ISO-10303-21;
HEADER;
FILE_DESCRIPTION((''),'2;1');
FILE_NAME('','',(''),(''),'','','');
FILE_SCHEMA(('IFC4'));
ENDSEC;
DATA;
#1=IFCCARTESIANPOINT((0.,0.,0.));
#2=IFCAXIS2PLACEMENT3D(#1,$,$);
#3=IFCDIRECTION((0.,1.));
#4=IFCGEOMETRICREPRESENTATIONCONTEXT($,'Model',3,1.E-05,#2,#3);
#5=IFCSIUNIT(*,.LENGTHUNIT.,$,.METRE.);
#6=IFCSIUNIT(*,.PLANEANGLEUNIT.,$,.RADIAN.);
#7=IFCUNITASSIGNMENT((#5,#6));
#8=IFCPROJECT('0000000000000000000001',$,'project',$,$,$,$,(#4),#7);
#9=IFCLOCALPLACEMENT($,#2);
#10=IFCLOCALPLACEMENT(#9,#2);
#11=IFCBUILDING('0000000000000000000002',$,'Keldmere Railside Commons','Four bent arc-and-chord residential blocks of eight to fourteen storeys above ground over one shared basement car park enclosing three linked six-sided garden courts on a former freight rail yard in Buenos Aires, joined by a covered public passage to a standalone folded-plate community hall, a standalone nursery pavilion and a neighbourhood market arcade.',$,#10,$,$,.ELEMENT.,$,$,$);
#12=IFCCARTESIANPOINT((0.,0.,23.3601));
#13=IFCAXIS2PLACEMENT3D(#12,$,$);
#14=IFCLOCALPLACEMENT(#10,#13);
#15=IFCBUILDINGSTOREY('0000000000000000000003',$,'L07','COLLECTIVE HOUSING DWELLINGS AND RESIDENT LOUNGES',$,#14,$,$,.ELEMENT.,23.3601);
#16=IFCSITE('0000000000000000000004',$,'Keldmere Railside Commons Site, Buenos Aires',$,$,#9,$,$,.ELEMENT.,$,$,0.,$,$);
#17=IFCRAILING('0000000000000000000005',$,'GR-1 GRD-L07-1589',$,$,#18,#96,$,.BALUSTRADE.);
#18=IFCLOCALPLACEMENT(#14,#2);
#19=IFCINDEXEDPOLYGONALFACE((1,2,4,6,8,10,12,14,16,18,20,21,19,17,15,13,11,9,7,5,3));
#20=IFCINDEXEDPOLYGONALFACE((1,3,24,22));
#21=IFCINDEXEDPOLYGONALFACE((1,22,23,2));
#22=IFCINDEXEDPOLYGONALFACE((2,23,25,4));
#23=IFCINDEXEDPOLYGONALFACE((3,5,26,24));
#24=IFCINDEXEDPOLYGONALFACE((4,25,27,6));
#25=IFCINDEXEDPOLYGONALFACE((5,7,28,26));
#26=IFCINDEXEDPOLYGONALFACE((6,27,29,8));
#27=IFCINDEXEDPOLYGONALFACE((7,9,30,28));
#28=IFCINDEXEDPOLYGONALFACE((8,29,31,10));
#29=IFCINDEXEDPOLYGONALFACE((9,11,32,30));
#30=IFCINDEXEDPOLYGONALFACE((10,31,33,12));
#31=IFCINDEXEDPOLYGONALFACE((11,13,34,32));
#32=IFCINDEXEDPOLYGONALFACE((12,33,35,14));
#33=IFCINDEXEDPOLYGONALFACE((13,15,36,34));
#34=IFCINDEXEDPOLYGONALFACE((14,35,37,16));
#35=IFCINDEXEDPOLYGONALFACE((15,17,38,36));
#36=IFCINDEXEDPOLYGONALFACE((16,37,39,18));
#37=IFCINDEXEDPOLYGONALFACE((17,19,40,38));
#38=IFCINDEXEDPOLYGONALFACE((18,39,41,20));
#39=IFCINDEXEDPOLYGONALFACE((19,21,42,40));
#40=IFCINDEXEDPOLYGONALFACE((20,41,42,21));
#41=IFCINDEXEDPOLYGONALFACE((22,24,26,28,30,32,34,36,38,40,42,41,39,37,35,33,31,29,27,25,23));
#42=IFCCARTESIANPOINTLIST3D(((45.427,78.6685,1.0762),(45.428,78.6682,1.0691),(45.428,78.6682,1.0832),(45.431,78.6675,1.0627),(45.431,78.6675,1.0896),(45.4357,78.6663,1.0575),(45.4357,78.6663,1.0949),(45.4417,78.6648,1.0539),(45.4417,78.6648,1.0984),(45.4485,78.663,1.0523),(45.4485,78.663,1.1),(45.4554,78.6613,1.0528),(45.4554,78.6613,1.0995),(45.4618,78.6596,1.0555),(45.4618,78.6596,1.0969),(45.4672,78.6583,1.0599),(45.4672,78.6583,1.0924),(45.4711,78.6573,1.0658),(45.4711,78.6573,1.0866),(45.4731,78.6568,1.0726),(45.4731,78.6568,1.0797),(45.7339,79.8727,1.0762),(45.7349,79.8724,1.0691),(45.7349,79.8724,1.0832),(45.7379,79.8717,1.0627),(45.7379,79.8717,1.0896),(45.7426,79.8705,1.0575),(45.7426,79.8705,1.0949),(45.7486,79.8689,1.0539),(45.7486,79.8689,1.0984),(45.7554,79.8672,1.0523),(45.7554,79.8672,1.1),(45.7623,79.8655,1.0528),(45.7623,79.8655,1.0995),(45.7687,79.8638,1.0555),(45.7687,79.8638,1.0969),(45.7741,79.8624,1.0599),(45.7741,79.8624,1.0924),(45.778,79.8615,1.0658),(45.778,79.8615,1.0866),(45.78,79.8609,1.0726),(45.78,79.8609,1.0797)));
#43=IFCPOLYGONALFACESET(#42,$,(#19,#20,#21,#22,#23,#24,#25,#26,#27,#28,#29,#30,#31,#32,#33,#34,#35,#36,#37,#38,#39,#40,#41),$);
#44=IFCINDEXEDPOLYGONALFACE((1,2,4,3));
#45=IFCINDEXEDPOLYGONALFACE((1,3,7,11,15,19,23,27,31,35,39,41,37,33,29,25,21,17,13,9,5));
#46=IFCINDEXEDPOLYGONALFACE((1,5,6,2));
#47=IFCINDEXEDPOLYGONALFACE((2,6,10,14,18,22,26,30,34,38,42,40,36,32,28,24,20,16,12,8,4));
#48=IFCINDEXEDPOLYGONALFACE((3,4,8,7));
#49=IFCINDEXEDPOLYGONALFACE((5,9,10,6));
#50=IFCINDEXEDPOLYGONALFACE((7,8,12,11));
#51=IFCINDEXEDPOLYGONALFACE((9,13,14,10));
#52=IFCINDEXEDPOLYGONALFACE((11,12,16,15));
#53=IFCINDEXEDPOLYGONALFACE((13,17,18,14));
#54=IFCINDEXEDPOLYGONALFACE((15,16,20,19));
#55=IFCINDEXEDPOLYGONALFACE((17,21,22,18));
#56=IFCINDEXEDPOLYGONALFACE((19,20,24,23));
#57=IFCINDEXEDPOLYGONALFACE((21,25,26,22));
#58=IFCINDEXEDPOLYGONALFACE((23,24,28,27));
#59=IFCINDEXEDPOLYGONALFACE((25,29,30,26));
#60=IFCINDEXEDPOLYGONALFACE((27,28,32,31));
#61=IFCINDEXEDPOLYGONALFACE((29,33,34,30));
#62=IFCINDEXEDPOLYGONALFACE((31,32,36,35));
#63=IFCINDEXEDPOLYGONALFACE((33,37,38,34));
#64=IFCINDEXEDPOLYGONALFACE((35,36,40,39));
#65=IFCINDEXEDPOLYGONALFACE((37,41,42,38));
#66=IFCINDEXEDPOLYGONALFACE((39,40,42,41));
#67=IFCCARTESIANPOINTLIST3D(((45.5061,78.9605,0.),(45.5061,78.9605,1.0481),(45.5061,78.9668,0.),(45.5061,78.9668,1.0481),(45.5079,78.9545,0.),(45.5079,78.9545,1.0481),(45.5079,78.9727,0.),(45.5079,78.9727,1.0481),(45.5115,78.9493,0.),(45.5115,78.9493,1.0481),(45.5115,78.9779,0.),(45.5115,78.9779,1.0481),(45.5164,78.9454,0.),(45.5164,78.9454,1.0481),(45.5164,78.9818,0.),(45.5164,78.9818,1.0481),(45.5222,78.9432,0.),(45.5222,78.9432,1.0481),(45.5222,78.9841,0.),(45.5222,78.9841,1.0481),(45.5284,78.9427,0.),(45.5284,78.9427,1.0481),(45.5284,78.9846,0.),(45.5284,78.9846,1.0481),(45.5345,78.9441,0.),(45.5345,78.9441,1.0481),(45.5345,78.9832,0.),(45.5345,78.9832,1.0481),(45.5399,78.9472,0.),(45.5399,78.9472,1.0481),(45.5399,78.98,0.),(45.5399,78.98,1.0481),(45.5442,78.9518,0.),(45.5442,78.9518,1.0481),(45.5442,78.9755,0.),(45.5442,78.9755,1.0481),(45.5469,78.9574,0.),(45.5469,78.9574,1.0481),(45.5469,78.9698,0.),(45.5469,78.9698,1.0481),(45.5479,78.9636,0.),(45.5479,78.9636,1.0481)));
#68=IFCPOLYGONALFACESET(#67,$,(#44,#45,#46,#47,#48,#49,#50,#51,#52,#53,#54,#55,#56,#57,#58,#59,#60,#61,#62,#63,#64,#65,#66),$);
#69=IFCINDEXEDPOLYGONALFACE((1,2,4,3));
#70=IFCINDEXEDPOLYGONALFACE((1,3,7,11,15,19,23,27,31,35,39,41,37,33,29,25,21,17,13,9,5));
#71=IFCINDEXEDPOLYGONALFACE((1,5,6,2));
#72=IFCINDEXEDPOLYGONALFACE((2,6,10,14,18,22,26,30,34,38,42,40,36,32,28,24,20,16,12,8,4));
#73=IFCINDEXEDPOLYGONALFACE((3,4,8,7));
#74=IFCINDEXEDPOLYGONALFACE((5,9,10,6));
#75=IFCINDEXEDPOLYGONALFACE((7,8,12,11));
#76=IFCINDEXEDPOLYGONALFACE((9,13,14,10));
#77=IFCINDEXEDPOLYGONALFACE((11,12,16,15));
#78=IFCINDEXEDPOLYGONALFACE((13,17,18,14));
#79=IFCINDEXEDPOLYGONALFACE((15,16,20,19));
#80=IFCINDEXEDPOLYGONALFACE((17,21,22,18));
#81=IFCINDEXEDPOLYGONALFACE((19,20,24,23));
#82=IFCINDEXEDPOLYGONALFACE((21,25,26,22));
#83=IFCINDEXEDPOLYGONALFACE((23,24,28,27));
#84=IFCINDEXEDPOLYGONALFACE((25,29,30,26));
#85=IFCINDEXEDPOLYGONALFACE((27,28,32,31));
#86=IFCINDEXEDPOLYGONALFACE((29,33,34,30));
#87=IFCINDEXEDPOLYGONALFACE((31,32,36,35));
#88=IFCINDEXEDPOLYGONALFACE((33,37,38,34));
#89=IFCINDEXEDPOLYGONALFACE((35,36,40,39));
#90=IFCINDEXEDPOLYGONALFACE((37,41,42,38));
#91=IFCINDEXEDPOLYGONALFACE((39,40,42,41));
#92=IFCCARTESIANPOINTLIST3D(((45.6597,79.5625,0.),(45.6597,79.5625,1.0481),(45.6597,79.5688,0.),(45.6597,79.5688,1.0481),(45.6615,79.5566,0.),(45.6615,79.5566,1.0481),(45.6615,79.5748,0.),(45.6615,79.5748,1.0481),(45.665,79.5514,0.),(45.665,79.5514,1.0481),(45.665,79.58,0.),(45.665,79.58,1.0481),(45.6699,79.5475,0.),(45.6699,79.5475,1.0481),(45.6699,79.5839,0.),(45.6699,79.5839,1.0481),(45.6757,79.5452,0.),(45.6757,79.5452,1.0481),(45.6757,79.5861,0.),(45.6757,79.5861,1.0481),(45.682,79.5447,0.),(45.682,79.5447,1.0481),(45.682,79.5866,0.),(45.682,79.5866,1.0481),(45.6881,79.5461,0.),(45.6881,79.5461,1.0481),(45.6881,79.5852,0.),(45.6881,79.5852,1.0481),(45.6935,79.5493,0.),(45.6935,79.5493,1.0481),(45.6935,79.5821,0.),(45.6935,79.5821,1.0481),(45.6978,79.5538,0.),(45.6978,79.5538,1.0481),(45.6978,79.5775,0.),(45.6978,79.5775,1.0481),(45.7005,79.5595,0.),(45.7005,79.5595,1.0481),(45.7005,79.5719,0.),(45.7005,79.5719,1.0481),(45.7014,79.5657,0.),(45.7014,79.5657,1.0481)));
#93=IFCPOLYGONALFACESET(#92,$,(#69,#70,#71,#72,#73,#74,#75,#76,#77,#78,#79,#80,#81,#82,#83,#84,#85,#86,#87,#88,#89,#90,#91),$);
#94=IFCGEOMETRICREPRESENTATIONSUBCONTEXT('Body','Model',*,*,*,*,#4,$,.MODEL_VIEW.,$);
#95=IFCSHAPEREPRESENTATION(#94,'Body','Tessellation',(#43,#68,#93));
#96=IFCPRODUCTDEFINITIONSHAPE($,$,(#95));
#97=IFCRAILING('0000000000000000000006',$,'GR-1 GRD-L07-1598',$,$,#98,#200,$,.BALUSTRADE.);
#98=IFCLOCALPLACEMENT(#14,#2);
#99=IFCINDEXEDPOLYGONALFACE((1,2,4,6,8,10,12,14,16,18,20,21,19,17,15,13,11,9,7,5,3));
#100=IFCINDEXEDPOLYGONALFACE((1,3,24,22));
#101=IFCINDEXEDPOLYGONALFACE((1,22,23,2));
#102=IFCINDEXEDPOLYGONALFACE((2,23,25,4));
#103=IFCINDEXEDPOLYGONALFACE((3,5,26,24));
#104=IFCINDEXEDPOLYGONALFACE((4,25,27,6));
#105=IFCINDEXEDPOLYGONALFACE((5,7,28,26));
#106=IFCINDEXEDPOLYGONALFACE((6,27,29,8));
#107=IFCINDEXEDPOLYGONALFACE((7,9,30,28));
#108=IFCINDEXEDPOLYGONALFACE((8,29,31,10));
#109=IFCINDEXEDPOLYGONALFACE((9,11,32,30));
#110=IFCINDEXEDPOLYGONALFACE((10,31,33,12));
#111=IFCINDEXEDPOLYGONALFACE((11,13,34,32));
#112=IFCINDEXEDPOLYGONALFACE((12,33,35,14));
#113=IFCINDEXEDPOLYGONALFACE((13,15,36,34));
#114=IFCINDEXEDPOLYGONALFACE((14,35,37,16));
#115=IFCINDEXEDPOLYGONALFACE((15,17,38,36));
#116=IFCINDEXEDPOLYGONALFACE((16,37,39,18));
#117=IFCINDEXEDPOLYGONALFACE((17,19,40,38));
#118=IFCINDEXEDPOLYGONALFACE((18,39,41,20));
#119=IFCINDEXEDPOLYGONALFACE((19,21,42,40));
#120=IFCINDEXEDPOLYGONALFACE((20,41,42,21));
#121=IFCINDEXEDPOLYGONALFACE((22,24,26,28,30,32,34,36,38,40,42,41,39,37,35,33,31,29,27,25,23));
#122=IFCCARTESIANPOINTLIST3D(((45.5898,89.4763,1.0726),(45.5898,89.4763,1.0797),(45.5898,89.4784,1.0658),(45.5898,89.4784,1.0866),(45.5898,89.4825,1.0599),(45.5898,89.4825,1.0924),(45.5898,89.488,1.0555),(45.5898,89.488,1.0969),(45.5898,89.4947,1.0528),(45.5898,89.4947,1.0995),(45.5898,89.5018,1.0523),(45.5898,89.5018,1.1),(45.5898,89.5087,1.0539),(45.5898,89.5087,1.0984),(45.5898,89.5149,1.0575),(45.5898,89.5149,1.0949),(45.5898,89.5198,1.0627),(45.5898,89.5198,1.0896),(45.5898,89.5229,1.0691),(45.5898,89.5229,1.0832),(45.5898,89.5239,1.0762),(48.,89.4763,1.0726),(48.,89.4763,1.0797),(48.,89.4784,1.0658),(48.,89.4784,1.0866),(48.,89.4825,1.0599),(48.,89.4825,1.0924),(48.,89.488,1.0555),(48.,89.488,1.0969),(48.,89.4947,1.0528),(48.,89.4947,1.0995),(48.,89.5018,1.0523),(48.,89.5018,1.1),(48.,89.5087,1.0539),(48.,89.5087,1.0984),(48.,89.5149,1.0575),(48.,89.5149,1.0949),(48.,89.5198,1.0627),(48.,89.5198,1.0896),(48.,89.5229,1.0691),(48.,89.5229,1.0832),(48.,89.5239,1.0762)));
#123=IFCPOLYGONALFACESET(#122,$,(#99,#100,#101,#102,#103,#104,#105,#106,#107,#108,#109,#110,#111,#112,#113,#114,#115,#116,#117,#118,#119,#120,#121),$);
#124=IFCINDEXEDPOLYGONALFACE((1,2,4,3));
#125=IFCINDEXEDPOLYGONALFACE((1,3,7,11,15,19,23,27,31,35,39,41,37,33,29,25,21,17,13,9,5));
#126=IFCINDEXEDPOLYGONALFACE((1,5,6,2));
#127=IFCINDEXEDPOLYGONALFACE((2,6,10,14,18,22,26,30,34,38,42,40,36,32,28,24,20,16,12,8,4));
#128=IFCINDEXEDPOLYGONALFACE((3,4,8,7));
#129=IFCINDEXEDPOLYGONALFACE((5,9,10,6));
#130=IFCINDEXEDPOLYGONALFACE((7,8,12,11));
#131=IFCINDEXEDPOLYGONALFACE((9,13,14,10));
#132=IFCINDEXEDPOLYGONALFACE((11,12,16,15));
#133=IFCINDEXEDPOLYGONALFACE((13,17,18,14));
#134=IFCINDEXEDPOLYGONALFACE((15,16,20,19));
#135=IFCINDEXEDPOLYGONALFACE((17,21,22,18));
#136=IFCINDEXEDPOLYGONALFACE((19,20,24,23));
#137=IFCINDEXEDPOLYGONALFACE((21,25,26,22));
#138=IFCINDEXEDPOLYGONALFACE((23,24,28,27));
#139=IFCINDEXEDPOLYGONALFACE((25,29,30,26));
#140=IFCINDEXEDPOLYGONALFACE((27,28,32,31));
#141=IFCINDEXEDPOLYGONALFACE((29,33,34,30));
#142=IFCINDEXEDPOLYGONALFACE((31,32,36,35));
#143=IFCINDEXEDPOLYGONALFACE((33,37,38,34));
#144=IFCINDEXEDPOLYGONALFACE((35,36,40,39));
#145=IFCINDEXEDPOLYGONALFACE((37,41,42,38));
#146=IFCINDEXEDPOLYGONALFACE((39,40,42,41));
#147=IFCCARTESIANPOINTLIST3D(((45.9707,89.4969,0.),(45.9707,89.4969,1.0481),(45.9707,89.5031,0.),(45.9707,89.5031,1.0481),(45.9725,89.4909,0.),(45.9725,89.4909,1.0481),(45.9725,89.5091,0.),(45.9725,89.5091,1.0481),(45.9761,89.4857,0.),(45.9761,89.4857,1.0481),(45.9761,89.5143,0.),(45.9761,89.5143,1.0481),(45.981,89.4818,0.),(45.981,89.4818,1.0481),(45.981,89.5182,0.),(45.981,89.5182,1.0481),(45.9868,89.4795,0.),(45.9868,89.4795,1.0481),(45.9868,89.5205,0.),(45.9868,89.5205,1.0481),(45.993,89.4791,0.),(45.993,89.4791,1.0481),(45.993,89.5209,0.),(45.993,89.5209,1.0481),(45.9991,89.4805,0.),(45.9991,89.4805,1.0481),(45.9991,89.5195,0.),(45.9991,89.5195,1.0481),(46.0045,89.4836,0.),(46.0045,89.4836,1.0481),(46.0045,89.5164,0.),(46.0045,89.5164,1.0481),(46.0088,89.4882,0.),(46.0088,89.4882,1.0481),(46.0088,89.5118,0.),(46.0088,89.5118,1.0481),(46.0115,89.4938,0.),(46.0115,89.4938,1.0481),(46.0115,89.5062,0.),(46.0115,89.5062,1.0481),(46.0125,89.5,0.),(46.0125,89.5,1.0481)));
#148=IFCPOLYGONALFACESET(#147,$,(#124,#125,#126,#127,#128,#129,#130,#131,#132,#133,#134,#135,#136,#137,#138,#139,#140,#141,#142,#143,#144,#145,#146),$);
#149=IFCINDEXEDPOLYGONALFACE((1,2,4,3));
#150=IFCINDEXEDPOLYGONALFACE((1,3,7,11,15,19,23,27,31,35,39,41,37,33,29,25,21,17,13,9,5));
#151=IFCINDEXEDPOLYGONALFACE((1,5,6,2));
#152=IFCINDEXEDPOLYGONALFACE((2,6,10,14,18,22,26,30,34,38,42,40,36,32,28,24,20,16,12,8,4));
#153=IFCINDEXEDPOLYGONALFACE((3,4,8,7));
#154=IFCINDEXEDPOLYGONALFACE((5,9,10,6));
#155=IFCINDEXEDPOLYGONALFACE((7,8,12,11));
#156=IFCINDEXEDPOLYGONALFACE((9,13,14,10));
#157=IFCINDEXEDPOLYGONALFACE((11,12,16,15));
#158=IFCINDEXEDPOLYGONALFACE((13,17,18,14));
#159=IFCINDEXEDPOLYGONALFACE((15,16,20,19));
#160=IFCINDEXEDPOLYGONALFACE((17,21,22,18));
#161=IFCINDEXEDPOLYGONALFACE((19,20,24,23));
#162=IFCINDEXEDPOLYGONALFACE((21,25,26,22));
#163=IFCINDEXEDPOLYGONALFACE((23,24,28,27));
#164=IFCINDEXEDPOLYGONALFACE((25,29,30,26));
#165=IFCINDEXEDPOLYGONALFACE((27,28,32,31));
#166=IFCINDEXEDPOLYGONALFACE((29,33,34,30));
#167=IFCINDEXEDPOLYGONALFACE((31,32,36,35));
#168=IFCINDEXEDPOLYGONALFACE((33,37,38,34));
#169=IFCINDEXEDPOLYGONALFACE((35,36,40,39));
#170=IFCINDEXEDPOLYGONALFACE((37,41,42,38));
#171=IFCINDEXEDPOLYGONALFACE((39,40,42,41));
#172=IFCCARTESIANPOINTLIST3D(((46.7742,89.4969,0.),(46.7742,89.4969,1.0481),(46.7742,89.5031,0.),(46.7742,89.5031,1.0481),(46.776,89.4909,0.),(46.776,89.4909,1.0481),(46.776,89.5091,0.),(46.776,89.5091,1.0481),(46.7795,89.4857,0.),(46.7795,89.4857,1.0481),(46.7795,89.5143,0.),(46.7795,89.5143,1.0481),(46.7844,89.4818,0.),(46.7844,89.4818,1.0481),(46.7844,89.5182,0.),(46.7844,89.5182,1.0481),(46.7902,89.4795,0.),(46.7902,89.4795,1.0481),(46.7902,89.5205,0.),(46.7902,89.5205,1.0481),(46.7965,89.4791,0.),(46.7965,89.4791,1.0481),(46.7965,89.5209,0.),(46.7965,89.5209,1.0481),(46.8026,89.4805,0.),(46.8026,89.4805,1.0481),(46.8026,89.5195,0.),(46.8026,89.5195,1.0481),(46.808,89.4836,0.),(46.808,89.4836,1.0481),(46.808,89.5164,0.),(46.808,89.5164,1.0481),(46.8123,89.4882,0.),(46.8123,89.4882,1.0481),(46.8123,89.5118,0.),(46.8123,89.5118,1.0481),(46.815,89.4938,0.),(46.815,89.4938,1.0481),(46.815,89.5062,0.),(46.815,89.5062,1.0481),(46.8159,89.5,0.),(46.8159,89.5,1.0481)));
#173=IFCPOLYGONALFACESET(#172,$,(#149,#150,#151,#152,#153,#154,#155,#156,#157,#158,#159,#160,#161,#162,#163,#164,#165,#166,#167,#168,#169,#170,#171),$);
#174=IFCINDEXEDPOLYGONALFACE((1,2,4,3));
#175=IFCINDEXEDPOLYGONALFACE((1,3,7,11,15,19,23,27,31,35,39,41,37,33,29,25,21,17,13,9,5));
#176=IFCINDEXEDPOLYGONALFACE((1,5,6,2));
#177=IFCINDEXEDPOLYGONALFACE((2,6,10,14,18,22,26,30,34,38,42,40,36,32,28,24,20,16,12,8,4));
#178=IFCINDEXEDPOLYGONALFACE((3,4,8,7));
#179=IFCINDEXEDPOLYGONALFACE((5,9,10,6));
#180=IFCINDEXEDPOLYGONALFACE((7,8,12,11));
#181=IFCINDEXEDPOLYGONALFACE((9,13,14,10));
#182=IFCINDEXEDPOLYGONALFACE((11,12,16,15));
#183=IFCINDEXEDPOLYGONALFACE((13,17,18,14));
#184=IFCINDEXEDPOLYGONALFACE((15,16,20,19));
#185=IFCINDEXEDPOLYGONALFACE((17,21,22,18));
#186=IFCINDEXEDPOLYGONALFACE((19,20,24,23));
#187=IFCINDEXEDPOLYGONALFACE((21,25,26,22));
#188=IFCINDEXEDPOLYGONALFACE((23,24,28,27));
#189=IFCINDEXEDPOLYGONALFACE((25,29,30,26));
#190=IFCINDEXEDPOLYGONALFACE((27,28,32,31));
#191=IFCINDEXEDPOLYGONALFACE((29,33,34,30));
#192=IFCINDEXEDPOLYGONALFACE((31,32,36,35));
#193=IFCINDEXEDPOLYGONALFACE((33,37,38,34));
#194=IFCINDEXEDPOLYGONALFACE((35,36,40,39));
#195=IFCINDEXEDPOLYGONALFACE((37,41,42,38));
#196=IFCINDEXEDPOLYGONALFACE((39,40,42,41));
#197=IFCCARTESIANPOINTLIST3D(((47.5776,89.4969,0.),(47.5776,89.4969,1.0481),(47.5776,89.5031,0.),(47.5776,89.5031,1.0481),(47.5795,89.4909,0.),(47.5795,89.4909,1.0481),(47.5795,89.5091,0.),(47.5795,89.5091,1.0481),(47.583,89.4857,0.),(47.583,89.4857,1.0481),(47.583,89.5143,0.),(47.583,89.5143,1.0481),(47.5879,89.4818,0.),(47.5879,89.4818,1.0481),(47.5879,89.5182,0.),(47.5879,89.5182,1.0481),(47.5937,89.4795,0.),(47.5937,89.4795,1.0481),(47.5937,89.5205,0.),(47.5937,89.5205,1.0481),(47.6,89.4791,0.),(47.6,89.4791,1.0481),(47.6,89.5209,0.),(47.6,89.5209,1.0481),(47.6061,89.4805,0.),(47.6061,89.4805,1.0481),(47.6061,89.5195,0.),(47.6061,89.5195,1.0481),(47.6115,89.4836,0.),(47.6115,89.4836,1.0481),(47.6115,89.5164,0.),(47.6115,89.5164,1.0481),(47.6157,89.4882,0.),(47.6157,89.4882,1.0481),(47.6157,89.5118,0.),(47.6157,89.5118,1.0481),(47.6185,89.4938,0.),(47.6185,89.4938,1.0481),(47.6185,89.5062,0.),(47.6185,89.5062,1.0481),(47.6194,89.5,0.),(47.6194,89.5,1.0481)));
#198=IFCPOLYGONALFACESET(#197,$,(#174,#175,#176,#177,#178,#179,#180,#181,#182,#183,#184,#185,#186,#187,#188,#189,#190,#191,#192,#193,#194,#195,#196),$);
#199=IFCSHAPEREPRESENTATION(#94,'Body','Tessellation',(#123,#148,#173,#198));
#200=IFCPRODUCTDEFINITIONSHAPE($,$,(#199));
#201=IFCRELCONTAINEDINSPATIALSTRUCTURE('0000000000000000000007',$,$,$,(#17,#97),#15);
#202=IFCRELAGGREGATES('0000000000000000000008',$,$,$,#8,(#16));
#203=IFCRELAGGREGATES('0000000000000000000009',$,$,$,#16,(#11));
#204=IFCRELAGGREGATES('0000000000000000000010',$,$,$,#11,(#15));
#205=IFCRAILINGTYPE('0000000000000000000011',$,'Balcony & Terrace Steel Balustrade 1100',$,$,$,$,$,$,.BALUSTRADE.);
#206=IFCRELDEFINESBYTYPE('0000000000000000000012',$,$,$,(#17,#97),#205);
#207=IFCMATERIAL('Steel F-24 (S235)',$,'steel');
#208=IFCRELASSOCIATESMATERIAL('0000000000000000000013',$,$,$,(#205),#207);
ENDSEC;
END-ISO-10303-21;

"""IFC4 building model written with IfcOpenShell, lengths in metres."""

from ifc_helpers import new_model, si_unit, direction, frame, origin, origin_2d, place, context, subcontext, project, spatial, circle, extrude, material, type_object, element, save


model = new_model("IFC4")

# Units and contexts
model_context = context("Model", 3, precision=1e-05, world=origin(), true_north=direction((0.0, 1.0)))
body_context = subcontext(model_context, "Body", "Model", "MODEL_VIEW")
ifc_project = project(units=[si_unit("LENGTHUNIT", "METRE"), si_unit("PLANEANGLEUNIT", "RADIAN")], contexts=[model_context])

# Site, building, storey
site_placement = place(None, origin())
site = spatial("IfcSite", under=ifc_project, at=site_placement, Name="Keldmere Railside Commons Site, Buenos Aires", CompositionType="ELEMENT", RefElevation=0.0)
building_placement = place(site_placement, origin())
building = spatial("IfcBuilding", under=site, at=building_placement, Name="Keldmere Railside Commons", Description="Four bent arc-and-chord residential blocks of eight to fourteen storeys above ground over one shared basement car park enclosing three linked six-sided garden courts on a former freight rail yard in Buenos Aires, joined by a covered public passage to a standalone folded-plate community hall, a standalone nursery pavilion and a neighbourhood market arcade.", CompositionType="ELEMENT")
storey_placement = place(building_placement, frame((0.0, 0.0, 23.3601)))
storey = spatial("IfcBuildingStorey", under=building, at=storey_placement, Name="L07", Description="COLLECTIVE HOUSING DWELLINGS AND RESIDENT LOUNGES", CompositionType="ELEMENT", Elevation=23.3601)

# Railings
ifc_material_1 = material(Name="Steel F-24 (S235)", Category="steel")
railing_type = type_object("IfcRailingType", Name="Balcony & Terrace Steel Balustrade 1100", PredefinedType="BALUSTRADE", material=ifc_material_1)
railing_1_placement = place(storey_placement, frame((45.4502, 78.6626, 0.0)))
element("IfcRailing", 1, at=railing_1_placement, inside=storey, type_object=railing_type, Name="GR-1 GRD-L07-1589", PredefinedType="BALUSTRADE", context=body_context, shape_type="SweptSolid", body=[
    extrude(circle(Radius=0.0239, at=origin_2d()), frame((0.0, 0.0, 1.0762), z_axis=(0.246971, 0.969023, 0.0), x_axis=(-0.969023, 0.246971, 0.0)), (0.0, 0.0, 1.0), 1.2427),
    extrude(circle(Radius=0.021, at=origin_2d()), frame((0.0767, 0.301, 0.0)), (0.0, 0.0, 1.0), 1.0481),
    extrude(circle(Radius=0.021, at=origin_2d()), frame((0.2302, 0.9031, 0.0)), (0.0, 0.0, 1.0), 1.0481),
])
railing_2_placement = place(storey_placement, frame((45.5898, 89.5, 0.0)))
element("IfcRailing", 2, at=railing_2_placement, inside=storey, type_object=railing_type, Name="GR-1 GRD-L07-1598", PredefinedType="BALUSTRADE", context=body_context, shape_type="SweptSolid", body=[
    extrude(circle(Radius=0.0239, at=origin_2d()), frame((0.0, 0.0, 1.0762), z_axis=(1.0, 0.0, 0.0), x_axis=(0.0, 1.0, 0.0)), (0.0, 0.0, 1.0), 2.4102),
    extrude(circle(Radius=0.021, at=origin_2d()), frame((0.4016, 0.0, 0.0)), (0.0, 0.0, 1.0), 1.0481),
    extrude(circle(Radius=0.021, at=origin_2d()), frame((1.2051, 0.0, 0.0)), (0.0, 0.0, 1.0), 1.0481),
    extrude(circle(Radius=0.021, at=origin_2d()), frame((2.0085, 0.0, 0.0)), (0.0, 0.0, 1.0), 1.0481),
])

save(model, "model.ifc")
